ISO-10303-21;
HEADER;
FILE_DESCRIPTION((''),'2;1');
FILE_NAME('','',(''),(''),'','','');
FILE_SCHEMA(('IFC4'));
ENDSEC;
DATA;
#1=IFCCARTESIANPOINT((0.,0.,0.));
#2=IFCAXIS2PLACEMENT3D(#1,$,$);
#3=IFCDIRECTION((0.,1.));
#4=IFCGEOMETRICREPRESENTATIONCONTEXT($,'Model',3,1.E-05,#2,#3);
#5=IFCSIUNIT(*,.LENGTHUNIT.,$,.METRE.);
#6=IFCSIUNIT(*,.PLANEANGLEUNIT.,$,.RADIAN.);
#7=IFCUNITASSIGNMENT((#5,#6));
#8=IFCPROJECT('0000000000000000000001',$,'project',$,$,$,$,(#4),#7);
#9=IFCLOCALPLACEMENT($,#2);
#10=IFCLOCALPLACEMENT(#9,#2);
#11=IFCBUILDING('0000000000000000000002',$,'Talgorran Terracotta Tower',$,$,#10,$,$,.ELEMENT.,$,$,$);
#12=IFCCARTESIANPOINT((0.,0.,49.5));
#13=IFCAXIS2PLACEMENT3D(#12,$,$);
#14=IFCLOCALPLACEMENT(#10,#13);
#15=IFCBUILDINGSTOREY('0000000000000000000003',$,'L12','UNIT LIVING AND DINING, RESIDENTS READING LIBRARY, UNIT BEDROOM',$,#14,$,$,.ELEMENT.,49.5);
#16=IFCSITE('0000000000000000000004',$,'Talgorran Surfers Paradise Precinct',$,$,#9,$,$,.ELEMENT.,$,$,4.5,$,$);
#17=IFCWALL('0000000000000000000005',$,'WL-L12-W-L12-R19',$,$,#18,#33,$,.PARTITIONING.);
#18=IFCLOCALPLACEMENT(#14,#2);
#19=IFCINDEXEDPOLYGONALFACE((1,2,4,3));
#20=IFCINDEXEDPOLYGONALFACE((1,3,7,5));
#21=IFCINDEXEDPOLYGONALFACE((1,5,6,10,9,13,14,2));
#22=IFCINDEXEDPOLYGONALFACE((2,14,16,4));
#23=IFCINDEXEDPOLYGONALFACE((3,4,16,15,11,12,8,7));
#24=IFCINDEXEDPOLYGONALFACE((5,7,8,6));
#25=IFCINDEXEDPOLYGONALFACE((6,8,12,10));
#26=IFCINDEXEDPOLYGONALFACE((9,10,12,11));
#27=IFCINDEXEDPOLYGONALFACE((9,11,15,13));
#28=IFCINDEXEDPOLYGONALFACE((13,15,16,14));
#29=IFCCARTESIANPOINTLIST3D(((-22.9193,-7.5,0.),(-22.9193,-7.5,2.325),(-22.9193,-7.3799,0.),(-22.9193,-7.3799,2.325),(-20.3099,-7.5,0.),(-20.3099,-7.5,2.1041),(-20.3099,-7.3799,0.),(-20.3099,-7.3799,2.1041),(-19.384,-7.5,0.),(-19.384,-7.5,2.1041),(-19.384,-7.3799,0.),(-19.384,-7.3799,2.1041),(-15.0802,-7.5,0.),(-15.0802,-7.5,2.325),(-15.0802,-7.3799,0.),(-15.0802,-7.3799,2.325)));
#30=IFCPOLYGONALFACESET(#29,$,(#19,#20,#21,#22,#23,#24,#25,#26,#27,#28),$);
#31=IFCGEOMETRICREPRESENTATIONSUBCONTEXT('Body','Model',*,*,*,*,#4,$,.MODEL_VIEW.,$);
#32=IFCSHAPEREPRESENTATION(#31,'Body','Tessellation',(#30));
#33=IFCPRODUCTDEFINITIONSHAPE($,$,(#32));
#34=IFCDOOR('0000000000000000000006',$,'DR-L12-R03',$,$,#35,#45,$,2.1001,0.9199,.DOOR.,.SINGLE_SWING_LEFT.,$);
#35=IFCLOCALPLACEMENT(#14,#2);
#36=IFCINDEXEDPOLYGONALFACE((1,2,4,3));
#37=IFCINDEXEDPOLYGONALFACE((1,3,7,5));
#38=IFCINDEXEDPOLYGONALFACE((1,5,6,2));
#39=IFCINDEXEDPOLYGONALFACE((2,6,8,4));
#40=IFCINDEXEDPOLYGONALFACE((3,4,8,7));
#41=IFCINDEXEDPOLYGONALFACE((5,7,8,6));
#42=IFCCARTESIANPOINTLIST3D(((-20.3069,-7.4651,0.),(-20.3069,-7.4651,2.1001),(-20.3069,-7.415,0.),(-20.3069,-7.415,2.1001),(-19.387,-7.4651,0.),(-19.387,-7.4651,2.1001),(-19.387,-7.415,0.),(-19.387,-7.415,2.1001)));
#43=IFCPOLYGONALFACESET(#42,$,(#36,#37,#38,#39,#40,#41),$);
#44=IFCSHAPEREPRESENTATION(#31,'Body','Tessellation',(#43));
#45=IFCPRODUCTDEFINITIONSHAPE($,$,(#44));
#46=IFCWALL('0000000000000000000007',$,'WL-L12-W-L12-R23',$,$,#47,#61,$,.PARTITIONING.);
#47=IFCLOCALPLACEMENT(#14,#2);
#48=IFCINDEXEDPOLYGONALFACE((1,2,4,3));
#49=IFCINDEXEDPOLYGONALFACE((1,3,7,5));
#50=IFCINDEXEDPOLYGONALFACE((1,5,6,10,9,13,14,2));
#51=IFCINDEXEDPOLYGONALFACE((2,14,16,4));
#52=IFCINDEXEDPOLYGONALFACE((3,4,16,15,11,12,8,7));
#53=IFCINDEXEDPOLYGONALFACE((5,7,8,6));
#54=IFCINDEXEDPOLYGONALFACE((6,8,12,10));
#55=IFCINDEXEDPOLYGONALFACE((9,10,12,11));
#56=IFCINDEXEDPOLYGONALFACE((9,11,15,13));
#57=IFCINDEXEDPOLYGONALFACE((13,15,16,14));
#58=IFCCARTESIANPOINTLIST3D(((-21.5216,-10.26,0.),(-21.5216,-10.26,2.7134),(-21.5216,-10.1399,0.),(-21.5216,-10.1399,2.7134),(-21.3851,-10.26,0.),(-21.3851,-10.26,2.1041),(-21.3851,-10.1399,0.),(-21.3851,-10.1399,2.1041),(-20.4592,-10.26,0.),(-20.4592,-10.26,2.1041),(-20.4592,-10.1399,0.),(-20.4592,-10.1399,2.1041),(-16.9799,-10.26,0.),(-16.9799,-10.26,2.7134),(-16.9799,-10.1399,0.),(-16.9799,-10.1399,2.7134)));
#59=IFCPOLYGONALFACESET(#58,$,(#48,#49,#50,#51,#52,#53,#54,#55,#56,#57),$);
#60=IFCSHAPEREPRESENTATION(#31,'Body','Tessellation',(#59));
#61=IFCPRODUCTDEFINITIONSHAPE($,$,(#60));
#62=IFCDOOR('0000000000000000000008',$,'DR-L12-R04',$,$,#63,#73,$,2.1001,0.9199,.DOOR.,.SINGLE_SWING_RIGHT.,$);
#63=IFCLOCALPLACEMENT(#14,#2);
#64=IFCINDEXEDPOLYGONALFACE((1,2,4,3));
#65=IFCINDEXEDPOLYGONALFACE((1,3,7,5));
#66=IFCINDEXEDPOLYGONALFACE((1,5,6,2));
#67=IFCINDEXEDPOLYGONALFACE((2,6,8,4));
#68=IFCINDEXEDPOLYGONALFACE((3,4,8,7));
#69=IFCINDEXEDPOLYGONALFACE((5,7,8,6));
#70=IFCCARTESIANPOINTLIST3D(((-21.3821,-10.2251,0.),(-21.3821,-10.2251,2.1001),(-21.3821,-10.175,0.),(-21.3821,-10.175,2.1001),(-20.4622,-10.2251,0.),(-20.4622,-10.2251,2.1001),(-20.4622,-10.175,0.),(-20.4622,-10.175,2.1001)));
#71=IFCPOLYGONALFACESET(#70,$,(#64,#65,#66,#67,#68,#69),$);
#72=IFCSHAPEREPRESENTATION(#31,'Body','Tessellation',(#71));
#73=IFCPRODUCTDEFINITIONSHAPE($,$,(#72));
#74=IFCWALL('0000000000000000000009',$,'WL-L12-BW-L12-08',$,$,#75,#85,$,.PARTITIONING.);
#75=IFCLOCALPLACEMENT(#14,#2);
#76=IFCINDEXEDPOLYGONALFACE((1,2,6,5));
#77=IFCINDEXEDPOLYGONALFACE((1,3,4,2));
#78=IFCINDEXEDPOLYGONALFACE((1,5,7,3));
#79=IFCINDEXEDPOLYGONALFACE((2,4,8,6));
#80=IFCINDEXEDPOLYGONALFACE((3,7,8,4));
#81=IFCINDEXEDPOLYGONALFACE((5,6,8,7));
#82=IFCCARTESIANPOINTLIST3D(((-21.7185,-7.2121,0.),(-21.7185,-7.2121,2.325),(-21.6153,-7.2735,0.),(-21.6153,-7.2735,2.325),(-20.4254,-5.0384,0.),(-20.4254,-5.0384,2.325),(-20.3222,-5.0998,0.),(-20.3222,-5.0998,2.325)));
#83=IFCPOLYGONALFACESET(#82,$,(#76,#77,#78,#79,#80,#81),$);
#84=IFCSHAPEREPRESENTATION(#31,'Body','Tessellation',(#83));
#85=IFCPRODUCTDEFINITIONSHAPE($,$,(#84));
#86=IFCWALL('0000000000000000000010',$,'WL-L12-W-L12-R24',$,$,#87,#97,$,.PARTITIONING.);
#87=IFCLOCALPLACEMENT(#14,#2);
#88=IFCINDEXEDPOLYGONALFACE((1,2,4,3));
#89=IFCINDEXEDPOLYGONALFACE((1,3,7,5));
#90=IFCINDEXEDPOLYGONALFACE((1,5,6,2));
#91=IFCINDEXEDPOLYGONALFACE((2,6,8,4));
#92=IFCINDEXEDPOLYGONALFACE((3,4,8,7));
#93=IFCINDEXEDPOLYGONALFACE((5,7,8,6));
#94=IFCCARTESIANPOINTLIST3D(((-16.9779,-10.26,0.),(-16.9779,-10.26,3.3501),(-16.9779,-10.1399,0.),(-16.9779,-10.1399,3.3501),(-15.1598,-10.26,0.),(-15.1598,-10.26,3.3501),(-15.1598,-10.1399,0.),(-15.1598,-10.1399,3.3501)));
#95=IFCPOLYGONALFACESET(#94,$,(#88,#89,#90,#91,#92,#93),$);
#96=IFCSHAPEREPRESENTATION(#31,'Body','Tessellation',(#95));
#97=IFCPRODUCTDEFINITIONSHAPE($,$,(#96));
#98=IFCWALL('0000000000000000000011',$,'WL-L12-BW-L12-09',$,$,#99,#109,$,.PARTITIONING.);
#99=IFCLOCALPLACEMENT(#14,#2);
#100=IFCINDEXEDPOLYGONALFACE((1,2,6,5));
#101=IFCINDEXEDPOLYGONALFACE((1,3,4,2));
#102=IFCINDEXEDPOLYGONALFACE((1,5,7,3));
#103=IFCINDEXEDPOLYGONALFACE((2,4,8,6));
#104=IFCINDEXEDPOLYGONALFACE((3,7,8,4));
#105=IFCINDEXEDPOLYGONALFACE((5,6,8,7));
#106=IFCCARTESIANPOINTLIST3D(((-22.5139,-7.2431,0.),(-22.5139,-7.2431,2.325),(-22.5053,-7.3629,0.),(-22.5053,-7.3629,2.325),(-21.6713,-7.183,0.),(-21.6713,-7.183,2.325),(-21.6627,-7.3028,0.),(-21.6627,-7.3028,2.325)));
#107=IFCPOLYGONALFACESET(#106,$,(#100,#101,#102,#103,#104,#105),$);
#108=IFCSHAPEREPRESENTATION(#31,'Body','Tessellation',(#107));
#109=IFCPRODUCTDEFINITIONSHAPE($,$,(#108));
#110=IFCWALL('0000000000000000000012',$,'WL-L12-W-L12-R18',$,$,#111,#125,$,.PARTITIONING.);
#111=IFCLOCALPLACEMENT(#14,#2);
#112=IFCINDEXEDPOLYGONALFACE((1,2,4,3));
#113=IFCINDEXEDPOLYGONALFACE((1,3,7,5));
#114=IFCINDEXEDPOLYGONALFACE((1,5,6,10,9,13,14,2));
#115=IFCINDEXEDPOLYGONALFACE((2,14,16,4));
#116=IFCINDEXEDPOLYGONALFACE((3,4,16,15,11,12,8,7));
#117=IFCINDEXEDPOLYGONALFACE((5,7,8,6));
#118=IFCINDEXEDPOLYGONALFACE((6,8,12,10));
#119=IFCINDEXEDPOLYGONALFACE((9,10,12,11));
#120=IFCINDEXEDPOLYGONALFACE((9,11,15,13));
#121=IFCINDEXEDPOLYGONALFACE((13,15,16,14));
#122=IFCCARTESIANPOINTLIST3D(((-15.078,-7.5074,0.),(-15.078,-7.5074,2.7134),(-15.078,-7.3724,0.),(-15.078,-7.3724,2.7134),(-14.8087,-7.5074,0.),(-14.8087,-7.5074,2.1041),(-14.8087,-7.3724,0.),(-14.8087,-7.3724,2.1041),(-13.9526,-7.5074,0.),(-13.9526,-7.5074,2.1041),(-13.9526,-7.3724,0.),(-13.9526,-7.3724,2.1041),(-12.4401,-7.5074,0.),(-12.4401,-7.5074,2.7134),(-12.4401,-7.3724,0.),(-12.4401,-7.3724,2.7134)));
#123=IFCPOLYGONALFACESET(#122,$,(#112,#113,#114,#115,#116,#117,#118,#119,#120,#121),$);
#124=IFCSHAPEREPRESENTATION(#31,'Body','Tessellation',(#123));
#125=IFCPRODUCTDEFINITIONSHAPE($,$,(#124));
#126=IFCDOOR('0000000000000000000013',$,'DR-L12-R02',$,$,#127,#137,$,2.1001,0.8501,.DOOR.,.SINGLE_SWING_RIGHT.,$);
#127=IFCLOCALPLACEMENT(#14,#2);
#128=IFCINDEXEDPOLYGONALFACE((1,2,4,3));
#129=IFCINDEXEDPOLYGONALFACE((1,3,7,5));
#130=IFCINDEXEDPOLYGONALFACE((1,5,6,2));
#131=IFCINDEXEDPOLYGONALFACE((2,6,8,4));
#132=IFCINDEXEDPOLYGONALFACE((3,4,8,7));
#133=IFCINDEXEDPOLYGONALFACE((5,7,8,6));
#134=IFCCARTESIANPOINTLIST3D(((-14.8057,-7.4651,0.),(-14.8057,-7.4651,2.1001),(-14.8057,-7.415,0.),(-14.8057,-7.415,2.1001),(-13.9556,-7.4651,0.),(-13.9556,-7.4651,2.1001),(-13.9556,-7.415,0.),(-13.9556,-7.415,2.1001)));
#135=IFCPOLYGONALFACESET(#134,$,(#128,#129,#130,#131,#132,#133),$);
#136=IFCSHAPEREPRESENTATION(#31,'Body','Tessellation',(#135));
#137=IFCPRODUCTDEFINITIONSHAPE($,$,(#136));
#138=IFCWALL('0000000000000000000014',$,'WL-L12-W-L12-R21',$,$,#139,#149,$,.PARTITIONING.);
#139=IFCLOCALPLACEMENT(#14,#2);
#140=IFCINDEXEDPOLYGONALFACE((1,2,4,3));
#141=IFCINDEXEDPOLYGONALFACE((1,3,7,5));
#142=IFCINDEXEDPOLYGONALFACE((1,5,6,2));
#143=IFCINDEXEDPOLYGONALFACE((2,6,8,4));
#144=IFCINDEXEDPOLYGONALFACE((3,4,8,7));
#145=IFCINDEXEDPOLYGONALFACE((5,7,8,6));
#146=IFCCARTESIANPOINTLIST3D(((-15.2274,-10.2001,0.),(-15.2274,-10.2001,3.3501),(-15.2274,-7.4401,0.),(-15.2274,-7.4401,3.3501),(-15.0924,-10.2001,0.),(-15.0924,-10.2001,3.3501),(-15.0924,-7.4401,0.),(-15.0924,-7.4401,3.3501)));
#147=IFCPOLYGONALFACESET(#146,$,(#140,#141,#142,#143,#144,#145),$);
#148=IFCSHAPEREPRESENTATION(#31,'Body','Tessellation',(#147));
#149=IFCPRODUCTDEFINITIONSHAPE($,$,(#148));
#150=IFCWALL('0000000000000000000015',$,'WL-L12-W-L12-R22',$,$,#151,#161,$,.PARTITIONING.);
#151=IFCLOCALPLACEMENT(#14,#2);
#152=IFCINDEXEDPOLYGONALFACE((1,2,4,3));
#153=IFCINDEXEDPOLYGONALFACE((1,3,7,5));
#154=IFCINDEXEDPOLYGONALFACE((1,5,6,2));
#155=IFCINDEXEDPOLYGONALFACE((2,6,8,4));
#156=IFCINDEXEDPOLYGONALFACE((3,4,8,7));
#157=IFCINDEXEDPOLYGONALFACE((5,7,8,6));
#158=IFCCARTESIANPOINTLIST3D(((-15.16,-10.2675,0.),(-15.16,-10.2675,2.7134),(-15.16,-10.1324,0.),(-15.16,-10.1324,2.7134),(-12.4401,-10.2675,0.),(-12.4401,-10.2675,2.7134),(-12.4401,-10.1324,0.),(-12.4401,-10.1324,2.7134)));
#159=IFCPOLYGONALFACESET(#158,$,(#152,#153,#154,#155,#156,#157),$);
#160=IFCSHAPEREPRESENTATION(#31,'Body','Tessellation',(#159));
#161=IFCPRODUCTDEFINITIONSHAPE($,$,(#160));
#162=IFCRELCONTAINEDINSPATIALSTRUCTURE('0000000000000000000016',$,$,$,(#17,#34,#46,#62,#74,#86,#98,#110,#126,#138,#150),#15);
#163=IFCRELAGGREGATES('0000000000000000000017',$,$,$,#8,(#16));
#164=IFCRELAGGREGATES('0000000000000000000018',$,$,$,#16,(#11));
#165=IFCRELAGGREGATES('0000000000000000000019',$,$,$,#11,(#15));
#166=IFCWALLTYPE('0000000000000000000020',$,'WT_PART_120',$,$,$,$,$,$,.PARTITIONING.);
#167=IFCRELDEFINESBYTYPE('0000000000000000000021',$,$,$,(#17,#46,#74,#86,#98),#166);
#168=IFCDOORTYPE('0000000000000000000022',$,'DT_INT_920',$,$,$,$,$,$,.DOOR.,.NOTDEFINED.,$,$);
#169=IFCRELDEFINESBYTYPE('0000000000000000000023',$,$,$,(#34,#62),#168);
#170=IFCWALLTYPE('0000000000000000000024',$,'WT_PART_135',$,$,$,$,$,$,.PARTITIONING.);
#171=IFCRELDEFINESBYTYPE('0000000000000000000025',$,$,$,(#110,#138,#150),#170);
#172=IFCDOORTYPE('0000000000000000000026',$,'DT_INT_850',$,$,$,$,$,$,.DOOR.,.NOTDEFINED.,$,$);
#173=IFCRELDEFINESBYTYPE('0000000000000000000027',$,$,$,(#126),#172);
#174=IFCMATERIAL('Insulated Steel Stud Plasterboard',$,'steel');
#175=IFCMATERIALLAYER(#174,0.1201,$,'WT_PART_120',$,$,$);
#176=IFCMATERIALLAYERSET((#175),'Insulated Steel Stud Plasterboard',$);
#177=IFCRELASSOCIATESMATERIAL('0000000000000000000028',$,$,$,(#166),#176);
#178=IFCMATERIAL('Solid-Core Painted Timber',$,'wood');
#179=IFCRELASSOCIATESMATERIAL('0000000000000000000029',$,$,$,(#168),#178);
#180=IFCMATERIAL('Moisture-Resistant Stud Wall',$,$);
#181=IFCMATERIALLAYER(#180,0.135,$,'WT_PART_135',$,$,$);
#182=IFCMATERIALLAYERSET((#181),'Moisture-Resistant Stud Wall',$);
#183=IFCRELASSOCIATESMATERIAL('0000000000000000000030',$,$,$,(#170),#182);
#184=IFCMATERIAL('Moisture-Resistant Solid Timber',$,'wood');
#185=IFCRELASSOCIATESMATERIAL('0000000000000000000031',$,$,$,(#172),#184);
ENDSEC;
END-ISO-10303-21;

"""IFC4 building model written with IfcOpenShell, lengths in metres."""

from ifc_helpers import new_model, si_unit, direction, frame, frame_2d, origin, place, context, subcontext, project, spatial, rectangle, extrude, material, layer, layer_set, type_object, element, fill, save


model = new_model("IFC4")

# Units and contexts
model_context = context("Model", 3, precision=1e-05, world=origin(), true_north=direction((0.0, 1.0)))
body_context = subcontext(model_context, "Body", "Model", "MODEL_VIEW")
ifc_project = project(units=[si_unit("LENGTHUNIT", "METRE"), si_unit("PLANEANGLEUNIT", "RADIAN")], contexts=[model_context])

# Site, building, storey
site_placement = place(None, origin())
site = spatial("IfcSite", under=ifc_project, at=site_placement, Name="Talgorran Surfers Paradise Precinct", CompositionType="ELEMENT", RefElevation=4.5)
building_placement = place(site_placement, origin())
building = spatial("IfcBuilding", under=site, at=building_placement, Name="Talgorran Terracotta Tower", CompositionType="ELEMENT")
storey_placement = place(building_placement, frame((0.0, 0.0, 49.5)))
storey = spatial("IfcBuildingStorey", under=building, at=storey_placement, Name="L12", Description="UNIT LIVING AND DINING, RESIDENTS READING LIBRARY, UNIT BEDROOM", CompositionType="ELEMENT", Elevation=49.5)

# Walls, openings, doors
ifc_material_1 = material(Name="Insulated Steel Stud Plasterboard", Category="steel")
ifc_layer_1 = layer(ifc_material_1, 0.1201, Name="WT_PART_120")
ifc_layer_set_1 = layer_set([ifc_layer_1], Name="Insulated Steel Stud Plasterboard")
wall_type_1 = type_object("IfcWallType", Name="WT_PART_120", PredefinedType="PARTITIONING", material=ifc_layer_set_1)
wall_1_placement = place(storey_placement, frame((-22.9192, -7.4399, 0.0), z_axis=(0.0, 0.0, 1.0), x_axis=(1.0, 0.0, 0.0)))
wall_1 = element("IfcWall", 1, at=wall_1_placement, inside=storey, type_object=wall_type_1, Name="WL-L12-W-L12-R19", PredefinedType="PARTITIONING", context=body_context, shape_type="SweptSolid", body=[
    extrude(rectangle(XDim=7.8391, YDim=0.1201, at=frame_2d((3.9194, 0.0))), origin(), (0.0, 0.0, 1.0), 2.325),
])
opening_1_placement = place(wall_1_placement, frame((2.6123, 0.0, 0.0)))
opening_1 = element("IfcOpeningElement", 2, at=opening_1_placement, cuts=wall_1, PredefinedType="OPENING", context=body_context, shape_type="SweptSolid", body=[
    extrude(rectangle(XDim=0.9259, YDim=2.1041, at=frame_2d((0.46, 1.052))), frame((0.0, 0.0701, 0.0), z_axis=(0.0, -1.0, 0.0), x_axis=(1.0, 0.0, 0.0)), (0.0, 0.0, 1.0), 0.1401),
])
ifc_material_2 = material(Name="Solid-Core Painted Timber", Category="wood")
door_type_1 = type_object("IfcDoorType", Name="DT_INT_920", OperationType="NOTDEFINED", PredefinedType="DOOR", material=ifc_material_2)
door_1_placement = place(opening_1_placement, origin())
door_1 = element("IfcDoor", 3, at=door_1_placement, inside=storey, type_object=door_type_1, Name="DR-L12-R03", OperationType="SINGLE_SWING_LEFT", OverallHeight=2.1001, OverallWidth=0.9199, PredefinedType="DOOR", context=body_context, shape_type="SweptSolid", body=[
    extrude(rectangle(XDim=0.9199, YDim=2.1001, at=frame_2d((0.46, 1.05))), frame((0.0, 0.0249, 0.0), z_axis=(0.0, -1.0, 0.0), x_axis=(1.0, 0.0, 0.0)), (0.0, 0.0, 1.0), 0.05),
])
fill(opening_1, door_1)
wall_2_placement = place(storey_placement, frame((-21.5217, -10.2, 0.0), z_axis=(0.0, 0.0, 1.0), x_axis=(1.0, 0.0, 0.0)))
wall_2 = element("IfcWall", 4, at=wall_2_placement, inside=storey, type_object=wall_type_1, Name="WL-L12-W-L12-R23", PredefinedType="PARTITIONING", context=body_context, shape_type="SweptSolid", body=[
    extrude(rectangle(XDim=4.5417, YDim=0.1201, at=frame_2d((2.271, 0.0))), origin(), (0.0, 0.0, 1.0), 2.7134),
])
opening_2_placement = place(wall_2_placement, frame((0.1396, 0.0, 0.0)))
opening_2 = element("IfcOpeningElement", 5, at=opening_2_placement, cuts=wall_2, PredefinedType="OPENING", context=body_context, shape_type="SweptSolid", body=[
    extrude(rectangle(XDim=0.9259, YDim=2.1041, at=frame_2d((0.46, 1.052))), frame((0.0, 0.0701, 0.0), z_axis=(0.0, -1.0, 0.0), x_axis=(1.0, 0.0, 0.0)), (0.0, 0.0, 1.0), 0.1401),
])
door_2_placement = place(opening_2_placement, origin())
door_2 = element("IfcDoor", 6, at=door_2_placement, inside=storey, type_object=door_type_1, Name="DR-L12-R04", OperationType="SINGLE_SWING_RIGHT", OverallHeight=2.1001, OverallWidth=0.9199, PredefinedType="DOOR", context=body_context, shape_type="SweptSolid", body=[
    extrude(rectangle(XDim=0.9199, YDim=2.1001, at=frame_2d((0.46, 1.05))), frame((0.0, 0.0249, 0.0), z_axis=(0.0, -1.0, 0.0), x_axis=(1.0, 0.0, 0.0)), (0.0, 0.0, 1.0), 0.05),
])
fill(opening_2, door_2)

# Walls
wall_3_placement = place(storey_placement, frame((-20.3738, -5.0691, 0.0), z_axis=(0.0, 0.0, 1.0), x_axis=(-0.51127, -0.85942, 0.0)))
element("IfcWall", 7, at=wall_3_placement, inside=storey, type_object=wall_type_1, Name="WL-L12-BW-L12-08", PredefinedType="PARTITIONING", context=body_context, shape_type="SweptSolid", body=[
    extrude(rectangle(XDim=2.5293, YDim=0.1201, at=frame_2d((1.2646, 0.0))), origin(), (0.0, 0.0, 1.0), 2.325),
])
wall_4_placement = place(storey_placement, frame((-16.978, -10.2, 0.0), z_axis=(0.0, 0.0, 1.0), x_axis=(1.0, 0.0, 0.0)))
element("IfcWall", 8, at=wall_4_placement, inside=storey, type_object=wall_type_1, Name="WL-L12-W-L12-R24", PredefinedType="PARTITIONING", context=body_context, shape_type="SweptSolid", body=[
    extrude(rectangle(XDim=1.8181, YDim=0.1201, at=frame_2d((0.9092, 0.0))), origin(), (0.0, 0.0, 1.0), 3.3501),
])
wall_5_placement = place(storey_placement, frame((-21.667, -7.2429, 0.0), z_axis=(0.0, 0.0, 1.0), x_axis=(-0.997469, -0.071103, 0.0)))
element("IfcWall", 9, at=wall_5_placement, inside=storey, type_object=wall_type_1, Name="WL-L12-BW-L12-09", PredefinedType="PARTITIONING", context=body_context, shape_type="SweptSolid", body=[
    extrude(rectangle(XDim=0.8447, YDim=0.1201, at=frame_2d((0.4224, 0.0))), origin(), (0.0, 0.0, 1.0), 2.325),
])

# Wall, opening, door
ifc_material_3 = material(Name="Moisture-Resistant Stud Wall")
ifc_layer_2 = layer(ifc_material_3, 0.135, Name="WT_PART_135")
ifc_layer_set_2 = layer_set([ifc_layer_2], Name="Moisture-Resistant Stud Wall")
wall_type_2 = type_object("IfcWallType", Name="WT_PART_135", PredefinedType="PARTITIONING", material=ifc_layer_set_2)
wall_6_placement = place(storey_placement, frame((-15.0779, -7.4399, 0.0), z_axis=(0.0, 0.0, 1.0), x_axis=(1.0, 0.0, 0.0)))
wall_6 = element("IfcWall", 10, at=wall_6_placement, inside=storey, type_object=wall_type_2, Name="WL-L12-W-L12-R18", PredefinedType="PARTITIONING", context=body_context, shape_type="SweptSolid", body=[
    extrude(rectangle(XDim=2.6379, YDim=0.135, at=frame_2d((1.3188, 0.0))), origin(), (0.0, 0.0, 1.0), 2.7134),
])
opening_3_placement = place(wall_6_placement, frame((0.2722, 0.0, 0.0)))
opening_3 = element("IfcOpeningElement", 11, at=opening_3_placement, cuts=wall_6, PredefinedType="OPENING", context=body_context, shape_type="SweptSolid", body=[
    extrude(rectangle(XDim=0.8561, YDim=2.1041, at=frame_2d((0.425, 1.052))), frame((0.0, 0.0776, 0.0), z_axis=(0.0, -1.0, 0.0), x_axis=(1.0, 0.0, 0.0)), (0.0, 0.0, 1.0), 0.155),
])
ifc_material_4 = material(Name="Moisture-Resistant Solid Timber", Category="wood")
door_type_2 = type_object("IfcDoorType", Name="DT_INT_850", OperationType="NOTDEFINED", PredefinedType="DOOR", material=ifc_material_4)
door_3_placement = place(opening_3_placement, origin())
door_3 = element("IfcDoor", 12, at=door_3_placement, inside=storey, type_object=door_type_2, Name="DR-L12-R02", OperationType="SINGLE_SWING_RIGHT", OverallHeight=2.1001, OverallWidth=0.8501, PredefinedType="DOOR", context=body_context, shape_type="SweptSolid", body=[
    extrude(rectangle(XDim=0.8501, YDim=2.1001, at=frame_2d((0.425, 1.05))), frame((0.0, 0.0249, 0.0), z_axis=(0.0, -1.0, 0.0), x_axis=(1.0, 0.0, 0.0)), (0.0, 0.0, 1.0), 0.05),
])
fill(opening_3, door_3)

# Walls
wall_7_placement = place(storey_placement, frame((-15.1599, -10.2, 0.0), z_axis=(0.0, 0.0, 1.0), x_axis=(0.0, 1.0, 0.0)))
element("IfcWall", 13, at=wall_7_placement, inside=storey, type_object=wall_type_2, Name="WL-L12-W-L12-R21", PredefinedType="PARTITIONING", context=body_context, shape_type="SweptSolid", body=[
    extrude(rectangle(XDim=2.76, YDim=0.135, at=frame_2d((1.3799, 0.0))), origin(), (0.0, 0.0, 1.0), 3.3501),
])
wall_8_placement = place(storey_placement, frame((-15.1599, -10.2, 0.0), z_axis=(0.0, 0.0, 1.0), x_axis=(1.0, 0.0, 0.0)))
element("IfcWall", 14, at=wall_8_placement, inside=storey, type_object=wall_type_2, Name="WL-L12-W-L12-R22", PredefinedType="PARTITIONING", context=body_context, shape_type="SweptSolid", body=[
    extrude(rectangle(XDim=2.72, YDim=0.135, at=frame_2d((1.3599, 0.0))), origin(), (0.0, 0.0, 1.0), 2.7134),
])

save(model, "model.ifc")
